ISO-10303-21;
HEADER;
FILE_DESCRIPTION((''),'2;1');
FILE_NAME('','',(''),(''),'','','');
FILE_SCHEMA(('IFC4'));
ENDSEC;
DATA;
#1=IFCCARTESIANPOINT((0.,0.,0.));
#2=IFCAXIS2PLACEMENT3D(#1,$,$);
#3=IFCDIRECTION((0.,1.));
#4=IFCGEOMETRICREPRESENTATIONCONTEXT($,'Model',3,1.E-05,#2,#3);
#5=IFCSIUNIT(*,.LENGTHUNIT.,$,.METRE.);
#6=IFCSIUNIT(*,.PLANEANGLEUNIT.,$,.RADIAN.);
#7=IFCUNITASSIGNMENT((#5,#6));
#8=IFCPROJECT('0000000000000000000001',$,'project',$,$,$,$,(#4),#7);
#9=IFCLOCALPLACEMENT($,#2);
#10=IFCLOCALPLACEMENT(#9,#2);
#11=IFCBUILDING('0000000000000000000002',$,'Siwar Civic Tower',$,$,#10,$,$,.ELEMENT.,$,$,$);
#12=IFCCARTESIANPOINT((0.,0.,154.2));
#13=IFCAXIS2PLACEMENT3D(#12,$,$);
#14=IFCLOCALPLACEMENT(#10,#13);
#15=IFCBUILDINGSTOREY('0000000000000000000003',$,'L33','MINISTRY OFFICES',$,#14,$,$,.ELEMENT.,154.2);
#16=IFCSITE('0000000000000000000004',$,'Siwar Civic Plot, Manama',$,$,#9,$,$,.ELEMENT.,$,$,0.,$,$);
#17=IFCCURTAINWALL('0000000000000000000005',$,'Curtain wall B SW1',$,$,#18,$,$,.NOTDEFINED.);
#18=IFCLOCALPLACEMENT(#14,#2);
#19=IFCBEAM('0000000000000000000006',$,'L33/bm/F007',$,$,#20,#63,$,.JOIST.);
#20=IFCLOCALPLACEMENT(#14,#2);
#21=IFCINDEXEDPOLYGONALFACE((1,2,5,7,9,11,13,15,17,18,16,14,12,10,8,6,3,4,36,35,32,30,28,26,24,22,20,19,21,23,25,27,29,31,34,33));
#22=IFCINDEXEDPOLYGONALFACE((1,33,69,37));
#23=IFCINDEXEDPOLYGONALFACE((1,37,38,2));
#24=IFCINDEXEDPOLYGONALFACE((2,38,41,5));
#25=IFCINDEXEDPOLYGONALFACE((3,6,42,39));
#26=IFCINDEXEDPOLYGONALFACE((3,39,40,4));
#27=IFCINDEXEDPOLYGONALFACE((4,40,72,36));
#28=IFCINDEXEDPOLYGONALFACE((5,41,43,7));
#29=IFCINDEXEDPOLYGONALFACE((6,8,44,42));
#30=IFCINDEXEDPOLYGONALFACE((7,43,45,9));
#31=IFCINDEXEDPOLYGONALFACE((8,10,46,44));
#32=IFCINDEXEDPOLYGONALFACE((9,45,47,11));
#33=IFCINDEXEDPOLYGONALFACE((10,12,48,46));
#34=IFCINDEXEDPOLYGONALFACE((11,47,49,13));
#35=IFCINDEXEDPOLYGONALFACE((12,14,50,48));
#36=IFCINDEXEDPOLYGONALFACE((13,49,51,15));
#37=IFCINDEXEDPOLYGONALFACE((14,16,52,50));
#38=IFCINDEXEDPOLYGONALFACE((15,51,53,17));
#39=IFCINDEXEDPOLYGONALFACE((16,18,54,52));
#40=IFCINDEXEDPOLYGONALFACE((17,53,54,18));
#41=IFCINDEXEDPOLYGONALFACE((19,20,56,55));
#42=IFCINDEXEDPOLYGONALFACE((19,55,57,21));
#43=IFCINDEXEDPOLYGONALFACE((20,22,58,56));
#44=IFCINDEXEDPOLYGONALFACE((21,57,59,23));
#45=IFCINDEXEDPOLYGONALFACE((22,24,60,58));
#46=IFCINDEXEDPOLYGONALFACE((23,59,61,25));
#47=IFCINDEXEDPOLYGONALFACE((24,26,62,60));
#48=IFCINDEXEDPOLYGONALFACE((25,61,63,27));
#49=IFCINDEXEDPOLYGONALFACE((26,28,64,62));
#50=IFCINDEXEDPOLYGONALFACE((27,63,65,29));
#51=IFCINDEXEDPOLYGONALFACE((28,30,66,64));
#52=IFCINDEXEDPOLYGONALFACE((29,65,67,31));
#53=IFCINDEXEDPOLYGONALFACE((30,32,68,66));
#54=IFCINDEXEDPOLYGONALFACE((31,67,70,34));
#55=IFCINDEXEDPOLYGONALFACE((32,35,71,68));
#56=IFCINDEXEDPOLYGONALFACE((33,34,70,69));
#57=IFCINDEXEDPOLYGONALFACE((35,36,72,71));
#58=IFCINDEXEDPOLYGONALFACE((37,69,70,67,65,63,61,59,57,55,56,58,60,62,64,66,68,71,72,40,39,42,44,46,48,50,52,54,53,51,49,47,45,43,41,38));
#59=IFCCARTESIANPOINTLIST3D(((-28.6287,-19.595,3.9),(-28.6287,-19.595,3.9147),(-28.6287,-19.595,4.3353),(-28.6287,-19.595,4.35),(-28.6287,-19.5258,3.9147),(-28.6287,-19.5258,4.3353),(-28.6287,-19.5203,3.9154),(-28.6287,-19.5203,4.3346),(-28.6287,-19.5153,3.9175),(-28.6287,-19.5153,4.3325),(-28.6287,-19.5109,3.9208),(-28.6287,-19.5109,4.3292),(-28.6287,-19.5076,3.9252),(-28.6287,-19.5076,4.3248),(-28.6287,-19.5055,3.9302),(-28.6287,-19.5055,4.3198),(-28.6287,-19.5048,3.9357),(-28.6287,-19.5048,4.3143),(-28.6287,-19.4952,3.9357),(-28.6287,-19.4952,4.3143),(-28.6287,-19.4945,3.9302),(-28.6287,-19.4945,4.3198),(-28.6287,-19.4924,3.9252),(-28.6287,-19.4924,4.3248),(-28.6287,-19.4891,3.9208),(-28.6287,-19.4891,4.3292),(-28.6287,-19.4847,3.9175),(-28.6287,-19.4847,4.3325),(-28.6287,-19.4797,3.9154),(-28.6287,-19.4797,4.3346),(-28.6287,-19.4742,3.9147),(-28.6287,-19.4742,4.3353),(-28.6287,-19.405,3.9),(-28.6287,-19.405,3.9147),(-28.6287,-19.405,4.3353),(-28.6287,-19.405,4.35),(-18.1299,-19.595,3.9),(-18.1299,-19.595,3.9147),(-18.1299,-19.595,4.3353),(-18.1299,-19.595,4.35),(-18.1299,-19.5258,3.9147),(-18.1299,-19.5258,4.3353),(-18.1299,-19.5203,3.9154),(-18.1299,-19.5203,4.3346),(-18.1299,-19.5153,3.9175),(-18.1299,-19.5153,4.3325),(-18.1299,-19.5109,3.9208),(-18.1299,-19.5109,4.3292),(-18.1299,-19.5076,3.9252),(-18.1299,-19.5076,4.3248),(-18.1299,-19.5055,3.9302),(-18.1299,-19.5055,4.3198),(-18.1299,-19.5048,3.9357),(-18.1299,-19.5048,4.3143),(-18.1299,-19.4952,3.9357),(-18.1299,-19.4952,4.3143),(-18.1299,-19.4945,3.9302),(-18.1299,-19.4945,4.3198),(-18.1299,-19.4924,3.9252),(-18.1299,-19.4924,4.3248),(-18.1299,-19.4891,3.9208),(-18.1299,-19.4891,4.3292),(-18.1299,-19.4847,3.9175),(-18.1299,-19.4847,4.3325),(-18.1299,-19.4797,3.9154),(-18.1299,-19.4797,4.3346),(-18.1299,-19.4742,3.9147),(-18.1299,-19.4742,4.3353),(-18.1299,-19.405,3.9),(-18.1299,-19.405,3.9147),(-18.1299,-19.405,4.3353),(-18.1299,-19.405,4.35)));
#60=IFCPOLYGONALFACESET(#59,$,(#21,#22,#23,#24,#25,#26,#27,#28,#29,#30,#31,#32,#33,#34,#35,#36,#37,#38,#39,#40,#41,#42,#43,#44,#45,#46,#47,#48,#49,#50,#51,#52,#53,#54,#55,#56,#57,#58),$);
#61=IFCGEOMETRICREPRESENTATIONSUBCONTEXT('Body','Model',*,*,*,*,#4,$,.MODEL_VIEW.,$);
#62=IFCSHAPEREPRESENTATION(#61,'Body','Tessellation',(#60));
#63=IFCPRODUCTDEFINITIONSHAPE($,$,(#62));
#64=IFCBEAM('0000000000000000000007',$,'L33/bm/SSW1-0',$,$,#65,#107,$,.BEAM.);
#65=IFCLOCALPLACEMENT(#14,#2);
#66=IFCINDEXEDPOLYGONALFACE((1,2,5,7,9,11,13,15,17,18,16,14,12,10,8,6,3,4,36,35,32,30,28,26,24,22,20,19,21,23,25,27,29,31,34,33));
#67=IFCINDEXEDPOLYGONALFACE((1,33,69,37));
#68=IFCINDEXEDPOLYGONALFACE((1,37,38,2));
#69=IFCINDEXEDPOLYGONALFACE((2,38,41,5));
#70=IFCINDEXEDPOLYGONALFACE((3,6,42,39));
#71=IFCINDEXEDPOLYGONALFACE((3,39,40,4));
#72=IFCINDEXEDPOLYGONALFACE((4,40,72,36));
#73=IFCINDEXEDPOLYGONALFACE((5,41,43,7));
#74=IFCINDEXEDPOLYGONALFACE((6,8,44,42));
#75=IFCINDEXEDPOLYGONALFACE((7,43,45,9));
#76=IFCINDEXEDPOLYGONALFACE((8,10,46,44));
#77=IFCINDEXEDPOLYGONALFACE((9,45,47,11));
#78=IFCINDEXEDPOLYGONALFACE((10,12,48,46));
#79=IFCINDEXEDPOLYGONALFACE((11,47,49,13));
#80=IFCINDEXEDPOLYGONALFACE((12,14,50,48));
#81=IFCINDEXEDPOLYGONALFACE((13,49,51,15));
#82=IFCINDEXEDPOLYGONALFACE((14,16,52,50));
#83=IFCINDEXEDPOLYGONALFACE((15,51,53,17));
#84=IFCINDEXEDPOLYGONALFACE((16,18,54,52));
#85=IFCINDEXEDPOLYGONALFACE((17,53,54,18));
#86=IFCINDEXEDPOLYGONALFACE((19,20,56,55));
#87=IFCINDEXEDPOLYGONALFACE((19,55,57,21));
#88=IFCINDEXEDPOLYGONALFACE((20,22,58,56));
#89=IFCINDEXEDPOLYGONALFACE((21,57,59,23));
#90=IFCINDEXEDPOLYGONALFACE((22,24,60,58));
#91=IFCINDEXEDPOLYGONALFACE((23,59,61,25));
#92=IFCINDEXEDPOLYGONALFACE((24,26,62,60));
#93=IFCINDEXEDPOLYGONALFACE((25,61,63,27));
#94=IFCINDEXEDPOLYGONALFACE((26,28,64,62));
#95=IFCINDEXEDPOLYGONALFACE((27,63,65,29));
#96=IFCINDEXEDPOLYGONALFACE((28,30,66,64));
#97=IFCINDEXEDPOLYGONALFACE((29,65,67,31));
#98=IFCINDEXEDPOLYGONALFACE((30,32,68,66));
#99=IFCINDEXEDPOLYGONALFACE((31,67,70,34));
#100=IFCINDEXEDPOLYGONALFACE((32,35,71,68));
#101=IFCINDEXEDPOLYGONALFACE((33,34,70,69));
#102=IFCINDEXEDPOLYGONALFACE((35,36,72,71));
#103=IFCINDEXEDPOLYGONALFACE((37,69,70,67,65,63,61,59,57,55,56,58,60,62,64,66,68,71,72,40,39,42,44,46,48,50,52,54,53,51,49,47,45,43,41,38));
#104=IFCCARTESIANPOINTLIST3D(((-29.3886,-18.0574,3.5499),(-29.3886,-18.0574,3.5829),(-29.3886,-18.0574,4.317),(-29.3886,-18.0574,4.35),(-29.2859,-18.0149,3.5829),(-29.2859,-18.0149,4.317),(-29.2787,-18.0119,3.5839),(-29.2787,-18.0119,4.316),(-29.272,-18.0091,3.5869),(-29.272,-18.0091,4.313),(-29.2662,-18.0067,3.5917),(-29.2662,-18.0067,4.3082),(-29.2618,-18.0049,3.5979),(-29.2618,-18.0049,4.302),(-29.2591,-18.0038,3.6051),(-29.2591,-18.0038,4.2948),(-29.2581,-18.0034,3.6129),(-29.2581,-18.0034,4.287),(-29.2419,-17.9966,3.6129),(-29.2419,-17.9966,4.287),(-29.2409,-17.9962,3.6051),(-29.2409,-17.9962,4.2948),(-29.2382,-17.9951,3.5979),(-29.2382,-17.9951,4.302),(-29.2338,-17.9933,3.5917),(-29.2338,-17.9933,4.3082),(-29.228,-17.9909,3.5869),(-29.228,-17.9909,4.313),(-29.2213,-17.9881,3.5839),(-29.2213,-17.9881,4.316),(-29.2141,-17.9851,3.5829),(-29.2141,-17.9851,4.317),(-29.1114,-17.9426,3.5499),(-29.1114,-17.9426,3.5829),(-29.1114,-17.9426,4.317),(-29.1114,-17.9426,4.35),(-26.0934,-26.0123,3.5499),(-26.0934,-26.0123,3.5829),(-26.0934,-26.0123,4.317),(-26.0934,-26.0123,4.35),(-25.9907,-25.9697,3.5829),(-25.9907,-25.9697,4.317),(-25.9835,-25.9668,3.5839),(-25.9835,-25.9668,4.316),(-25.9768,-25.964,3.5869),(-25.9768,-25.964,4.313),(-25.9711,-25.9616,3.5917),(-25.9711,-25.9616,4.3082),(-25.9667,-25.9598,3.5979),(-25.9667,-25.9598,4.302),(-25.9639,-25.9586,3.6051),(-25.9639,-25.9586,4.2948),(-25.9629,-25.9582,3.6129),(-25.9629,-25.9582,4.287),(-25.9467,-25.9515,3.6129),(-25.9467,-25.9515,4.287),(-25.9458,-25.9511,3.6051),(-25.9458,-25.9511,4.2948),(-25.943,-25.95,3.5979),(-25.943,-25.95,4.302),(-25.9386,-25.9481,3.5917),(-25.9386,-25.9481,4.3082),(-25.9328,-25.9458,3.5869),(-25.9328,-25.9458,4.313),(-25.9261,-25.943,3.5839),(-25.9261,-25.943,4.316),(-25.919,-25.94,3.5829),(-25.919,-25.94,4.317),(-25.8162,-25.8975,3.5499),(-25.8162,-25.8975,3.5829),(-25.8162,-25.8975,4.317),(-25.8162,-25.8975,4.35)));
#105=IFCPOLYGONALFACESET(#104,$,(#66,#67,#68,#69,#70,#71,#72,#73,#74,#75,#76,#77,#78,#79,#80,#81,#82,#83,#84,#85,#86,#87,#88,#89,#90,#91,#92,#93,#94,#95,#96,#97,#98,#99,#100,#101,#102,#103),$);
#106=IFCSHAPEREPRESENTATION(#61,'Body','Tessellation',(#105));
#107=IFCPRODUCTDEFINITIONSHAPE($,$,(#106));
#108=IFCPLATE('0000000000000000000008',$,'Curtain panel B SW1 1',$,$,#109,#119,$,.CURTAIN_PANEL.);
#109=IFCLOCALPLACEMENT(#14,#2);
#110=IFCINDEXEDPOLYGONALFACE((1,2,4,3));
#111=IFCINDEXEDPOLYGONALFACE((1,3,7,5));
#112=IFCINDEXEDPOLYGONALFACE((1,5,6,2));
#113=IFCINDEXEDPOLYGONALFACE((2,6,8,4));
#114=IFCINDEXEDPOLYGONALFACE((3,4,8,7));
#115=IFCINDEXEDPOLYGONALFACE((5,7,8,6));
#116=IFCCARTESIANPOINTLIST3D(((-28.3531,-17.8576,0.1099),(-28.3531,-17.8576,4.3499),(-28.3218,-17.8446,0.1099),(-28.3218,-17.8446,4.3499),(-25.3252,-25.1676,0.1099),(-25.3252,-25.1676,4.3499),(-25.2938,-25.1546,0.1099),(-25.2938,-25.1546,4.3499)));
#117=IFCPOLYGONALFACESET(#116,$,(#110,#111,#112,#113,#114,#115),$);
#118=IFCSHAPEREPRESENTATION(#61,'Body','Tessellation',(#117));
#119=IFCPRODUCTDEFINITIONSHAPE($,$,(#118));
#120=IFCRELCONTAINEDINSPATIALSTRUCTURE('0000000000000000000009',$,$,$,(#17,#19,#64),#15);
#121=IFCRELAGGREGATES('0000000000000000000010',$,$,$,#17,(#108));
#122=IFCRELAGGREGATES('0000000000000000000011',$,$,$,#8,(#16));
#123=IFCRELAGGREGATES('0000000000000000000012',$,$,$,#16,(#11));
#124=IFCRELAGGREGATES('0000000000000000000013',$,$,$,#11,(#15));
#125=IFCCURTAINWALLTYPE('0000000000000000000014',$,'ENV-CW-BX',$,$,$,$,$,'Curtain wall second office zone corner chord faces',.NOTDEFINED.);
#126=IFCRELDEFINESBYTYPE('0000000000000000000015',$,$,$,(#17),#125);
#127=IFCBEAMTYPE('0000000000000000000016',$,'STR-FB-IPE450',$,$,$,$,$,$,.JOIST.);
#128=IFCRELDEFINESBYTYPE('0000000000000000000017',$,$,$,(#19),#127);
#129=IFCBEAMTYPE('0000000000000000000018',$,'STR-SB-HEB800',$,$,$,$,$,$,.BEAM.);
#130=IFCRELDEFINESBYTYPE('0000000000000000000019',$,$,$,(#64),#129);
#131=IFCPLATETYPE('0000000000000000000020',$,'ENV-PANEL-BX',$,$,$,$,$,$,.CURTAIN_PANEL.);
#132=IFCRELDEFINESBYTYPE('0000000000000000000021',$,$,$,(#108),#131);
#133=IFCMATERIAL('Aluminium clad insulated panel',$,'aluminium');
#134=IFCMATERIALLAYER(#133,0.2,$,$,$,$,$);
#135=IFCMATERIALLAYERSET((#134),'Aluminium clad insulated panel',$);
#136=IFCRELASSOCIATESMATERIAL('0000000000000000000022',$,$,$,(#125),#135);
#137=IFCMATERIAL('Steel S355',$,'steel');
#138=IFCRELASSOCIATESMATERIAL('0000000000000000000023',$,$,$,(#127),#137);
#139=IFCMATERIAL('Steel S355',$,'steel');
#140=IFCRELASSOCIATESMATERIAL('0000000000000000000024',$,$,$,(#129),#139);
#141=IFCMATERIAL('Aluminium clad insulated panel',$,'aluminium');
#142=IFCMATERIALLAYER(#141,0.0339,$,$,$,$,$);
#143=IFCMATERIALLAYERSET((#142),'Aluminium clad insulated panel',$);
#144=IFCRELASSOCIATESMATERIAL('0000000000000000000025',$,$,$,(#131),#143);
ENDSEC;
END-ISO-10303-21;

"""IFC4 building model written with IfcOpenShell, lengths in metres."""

from ifc_helpers import new_model, si_unit, direction, frame, origin, origin_2d, place, context, subcontext, project, spatial, rectangle, i_section, extrude, material, layer, layer_set, material_profile, profile_set, type_object, element, aggregate, save


model = new_model("IFC4")

# Units and contexts
model_context = context("Model", 3, precision=1e-05, world=origin(), true_north=direction((0.0, 1.0)))
body_context = subcontext(model_context, "Body", "Model", "MODEL_VIEW")
ifc_project = project(units=[si_unit("LENGTHUNIT", "METRE"), si_unit("PLANEANGLEUNIT", "RADIAN")], contexts=[model_context])

# Site, building, storey
site_placement = place(None, origin())
site = spatial("IfcSite", under=ifc_project, at=site_placement, Name="Siwar Civic Plot, Manama", CompositionType="ELEMENT", RefElevation=0.0)
building_placement = place(site_placement, origin())
building = spatial("IfcBuilding", under=site, at=building_placement, Name="Siwar Civic Tower", CompositionType="ELEMENT")
storey_placement = place(building_placement, frame((0.0, 0.0, 154.2)))
storey = spatial("IfcBuildingStorey", under=building, at=storey_placement, Name="L33", Description="MINISTRY OFFICES", CompositionType="ELEMENT", Elevation=154.2)

# Curtain wall
ifc_material_1 = material(Name="Aluminium clad insulated panel", Category="aluminium")
ifc_layer_1 = layer(ifc_material_1, 0.2)
ifc_layer_set_1 = layer_set([ifc_layer_1], Name="Aluminium clad insulated panel")
curtain_wall_type = type_object("IfcCurtainWallType", Name="ENV-CW-BX", ElementType="Curtain wall second office zone corner chord faces", PredefinedType="NOTDEFINED", material=ifc_layer_set_1)
curtain_wall_placement = place(storey_placement, origin())
curtain_wall = element("IfcCurtainWall", 1, at=curtain_wall_placement, inside=storey, type_object=curtain_wall_type, Name="Curtain wall B SW1", PredefinedType="NOTDEFINED")

# Beams
ifc_material_2 = material(Name="Steel S355", Category="steel")
ifc_material_profile_1 = material_profile(ifc_material_2, i_section(OverallWidth=0.1899, OverallDepth=0.45, WebThickness=0.0095, FlangeThickness=0.0146, FilletRadius=0.021, at=origin_2d()), Name="IPE450")
ifc_profile_set_1 = profile_set([ifc_material_profile_1], Name="Steel S355")
beam_type_1 = type_object("IfcBeamType", Name="STR-FB-IPE450", PredefinedType="JOIST", material=ifc_profile_set_1)
beam_1_placement = place(storey_placement, frame((-28.6287, -19.5, 4.125), z_axis=(1.0, 0.0, 0.0), x_axis=(0.0, 1.0, 0.0)))
element("IfcBeam", 2, at=beam_1_placement, inside=storey, type_object=beam_type_1, Name="L33/bm/F007", PredefinedType="JOIST", context=body_context, shape_type="SweptSolid", body=[
    extrude(i_section(OverallWidth=0.1899, OverallDepth=0.45, WebThickness=0.0095, FlangeThickness=0.0146, FilletRadius=0.021, at=origin_2d()), origin(), (0.0, 0.0, 1.0), 10.4988),
])
ifc_material_3 = material(Name="Steel S355", Category="steel")
ifc_material_profile_2 = material_profile(ifc_material_3, i_section(OverallWidth=0.3, OverallDepth=0.8, WebThickness=0.0176, FlangeThickness=0.033, FilletRadius=0.03, at=origin_2d()), Name="HEB800")
ifc_profile_set_2 = profile_set([ifc_material_profile_2], Name="Steel S355")
beam_type_2 = type_object("IfcBeamType", Name="STR-SB-HEB800", PredefinedType="BEAM", material=ifc_profile_set_2)
beam_2_placement = place(storey_placement, frame((-29.25, -18.0, 3.95), z_axis=(0.3827, -0.923873, 0.0), x_axis=(0.923873, 0.3827, 0.0)))
element("IfcBeam", 3, at=beam_2_placement, inside=storey, type_object=beam_type_2, Name="L33/bm/SSW1-0", PredefinedType="BEAM", context=body_context, shape_type="SweptSolid", body=[
    extrude(i_section(OverallWidth=0.3, OverallDepth=0.8, WebThickness=0.0176, FlangeThickness=0.033, FilletRadius=0.03, at=origin_2d()), origin(), (0.0, 0.0, 1.0), 8.6104),
])

# Plate
ifc_material_4 = material(Name="Aluminium clad insulated panel", Category="aluminium")
ifc_layer_2 = layer(ifc_material_4, 0.0339)
ifc_layer_set_2 = layer_set([ifc_layer_2], Name="Aluminium clad insulated panel")
plate_type = type_object("IfcPlateType", Name="ENV-PANEL-BX", PredefinedType="CURTAIN_PANEL", material=ifc_layer_set_2)
plate_placement = place(storey_placement, frame((-26.8235, -21.5061, 0.1099), z_axis=(0.0, 0.0, 1.0), x_axis=(0.382683, -0.92388, 0.0)))
plate = element("IfcPlate", 4, at=plate_placement, type_object=plate_type, Name="Curtain panel B SW1 1", PredefinedType="CURTAIN_PANEL", context=body_context, shape_type="SweptSolid", body=[
    extrude(rectangle(XDim=7.9124, YDim=0.0339, at=origin_2d()), origin(), (0.0, 0.0, 1.0), 4.24),
])
aggregate(curtain_wall, [plate])

save(model, "model.ifc")
